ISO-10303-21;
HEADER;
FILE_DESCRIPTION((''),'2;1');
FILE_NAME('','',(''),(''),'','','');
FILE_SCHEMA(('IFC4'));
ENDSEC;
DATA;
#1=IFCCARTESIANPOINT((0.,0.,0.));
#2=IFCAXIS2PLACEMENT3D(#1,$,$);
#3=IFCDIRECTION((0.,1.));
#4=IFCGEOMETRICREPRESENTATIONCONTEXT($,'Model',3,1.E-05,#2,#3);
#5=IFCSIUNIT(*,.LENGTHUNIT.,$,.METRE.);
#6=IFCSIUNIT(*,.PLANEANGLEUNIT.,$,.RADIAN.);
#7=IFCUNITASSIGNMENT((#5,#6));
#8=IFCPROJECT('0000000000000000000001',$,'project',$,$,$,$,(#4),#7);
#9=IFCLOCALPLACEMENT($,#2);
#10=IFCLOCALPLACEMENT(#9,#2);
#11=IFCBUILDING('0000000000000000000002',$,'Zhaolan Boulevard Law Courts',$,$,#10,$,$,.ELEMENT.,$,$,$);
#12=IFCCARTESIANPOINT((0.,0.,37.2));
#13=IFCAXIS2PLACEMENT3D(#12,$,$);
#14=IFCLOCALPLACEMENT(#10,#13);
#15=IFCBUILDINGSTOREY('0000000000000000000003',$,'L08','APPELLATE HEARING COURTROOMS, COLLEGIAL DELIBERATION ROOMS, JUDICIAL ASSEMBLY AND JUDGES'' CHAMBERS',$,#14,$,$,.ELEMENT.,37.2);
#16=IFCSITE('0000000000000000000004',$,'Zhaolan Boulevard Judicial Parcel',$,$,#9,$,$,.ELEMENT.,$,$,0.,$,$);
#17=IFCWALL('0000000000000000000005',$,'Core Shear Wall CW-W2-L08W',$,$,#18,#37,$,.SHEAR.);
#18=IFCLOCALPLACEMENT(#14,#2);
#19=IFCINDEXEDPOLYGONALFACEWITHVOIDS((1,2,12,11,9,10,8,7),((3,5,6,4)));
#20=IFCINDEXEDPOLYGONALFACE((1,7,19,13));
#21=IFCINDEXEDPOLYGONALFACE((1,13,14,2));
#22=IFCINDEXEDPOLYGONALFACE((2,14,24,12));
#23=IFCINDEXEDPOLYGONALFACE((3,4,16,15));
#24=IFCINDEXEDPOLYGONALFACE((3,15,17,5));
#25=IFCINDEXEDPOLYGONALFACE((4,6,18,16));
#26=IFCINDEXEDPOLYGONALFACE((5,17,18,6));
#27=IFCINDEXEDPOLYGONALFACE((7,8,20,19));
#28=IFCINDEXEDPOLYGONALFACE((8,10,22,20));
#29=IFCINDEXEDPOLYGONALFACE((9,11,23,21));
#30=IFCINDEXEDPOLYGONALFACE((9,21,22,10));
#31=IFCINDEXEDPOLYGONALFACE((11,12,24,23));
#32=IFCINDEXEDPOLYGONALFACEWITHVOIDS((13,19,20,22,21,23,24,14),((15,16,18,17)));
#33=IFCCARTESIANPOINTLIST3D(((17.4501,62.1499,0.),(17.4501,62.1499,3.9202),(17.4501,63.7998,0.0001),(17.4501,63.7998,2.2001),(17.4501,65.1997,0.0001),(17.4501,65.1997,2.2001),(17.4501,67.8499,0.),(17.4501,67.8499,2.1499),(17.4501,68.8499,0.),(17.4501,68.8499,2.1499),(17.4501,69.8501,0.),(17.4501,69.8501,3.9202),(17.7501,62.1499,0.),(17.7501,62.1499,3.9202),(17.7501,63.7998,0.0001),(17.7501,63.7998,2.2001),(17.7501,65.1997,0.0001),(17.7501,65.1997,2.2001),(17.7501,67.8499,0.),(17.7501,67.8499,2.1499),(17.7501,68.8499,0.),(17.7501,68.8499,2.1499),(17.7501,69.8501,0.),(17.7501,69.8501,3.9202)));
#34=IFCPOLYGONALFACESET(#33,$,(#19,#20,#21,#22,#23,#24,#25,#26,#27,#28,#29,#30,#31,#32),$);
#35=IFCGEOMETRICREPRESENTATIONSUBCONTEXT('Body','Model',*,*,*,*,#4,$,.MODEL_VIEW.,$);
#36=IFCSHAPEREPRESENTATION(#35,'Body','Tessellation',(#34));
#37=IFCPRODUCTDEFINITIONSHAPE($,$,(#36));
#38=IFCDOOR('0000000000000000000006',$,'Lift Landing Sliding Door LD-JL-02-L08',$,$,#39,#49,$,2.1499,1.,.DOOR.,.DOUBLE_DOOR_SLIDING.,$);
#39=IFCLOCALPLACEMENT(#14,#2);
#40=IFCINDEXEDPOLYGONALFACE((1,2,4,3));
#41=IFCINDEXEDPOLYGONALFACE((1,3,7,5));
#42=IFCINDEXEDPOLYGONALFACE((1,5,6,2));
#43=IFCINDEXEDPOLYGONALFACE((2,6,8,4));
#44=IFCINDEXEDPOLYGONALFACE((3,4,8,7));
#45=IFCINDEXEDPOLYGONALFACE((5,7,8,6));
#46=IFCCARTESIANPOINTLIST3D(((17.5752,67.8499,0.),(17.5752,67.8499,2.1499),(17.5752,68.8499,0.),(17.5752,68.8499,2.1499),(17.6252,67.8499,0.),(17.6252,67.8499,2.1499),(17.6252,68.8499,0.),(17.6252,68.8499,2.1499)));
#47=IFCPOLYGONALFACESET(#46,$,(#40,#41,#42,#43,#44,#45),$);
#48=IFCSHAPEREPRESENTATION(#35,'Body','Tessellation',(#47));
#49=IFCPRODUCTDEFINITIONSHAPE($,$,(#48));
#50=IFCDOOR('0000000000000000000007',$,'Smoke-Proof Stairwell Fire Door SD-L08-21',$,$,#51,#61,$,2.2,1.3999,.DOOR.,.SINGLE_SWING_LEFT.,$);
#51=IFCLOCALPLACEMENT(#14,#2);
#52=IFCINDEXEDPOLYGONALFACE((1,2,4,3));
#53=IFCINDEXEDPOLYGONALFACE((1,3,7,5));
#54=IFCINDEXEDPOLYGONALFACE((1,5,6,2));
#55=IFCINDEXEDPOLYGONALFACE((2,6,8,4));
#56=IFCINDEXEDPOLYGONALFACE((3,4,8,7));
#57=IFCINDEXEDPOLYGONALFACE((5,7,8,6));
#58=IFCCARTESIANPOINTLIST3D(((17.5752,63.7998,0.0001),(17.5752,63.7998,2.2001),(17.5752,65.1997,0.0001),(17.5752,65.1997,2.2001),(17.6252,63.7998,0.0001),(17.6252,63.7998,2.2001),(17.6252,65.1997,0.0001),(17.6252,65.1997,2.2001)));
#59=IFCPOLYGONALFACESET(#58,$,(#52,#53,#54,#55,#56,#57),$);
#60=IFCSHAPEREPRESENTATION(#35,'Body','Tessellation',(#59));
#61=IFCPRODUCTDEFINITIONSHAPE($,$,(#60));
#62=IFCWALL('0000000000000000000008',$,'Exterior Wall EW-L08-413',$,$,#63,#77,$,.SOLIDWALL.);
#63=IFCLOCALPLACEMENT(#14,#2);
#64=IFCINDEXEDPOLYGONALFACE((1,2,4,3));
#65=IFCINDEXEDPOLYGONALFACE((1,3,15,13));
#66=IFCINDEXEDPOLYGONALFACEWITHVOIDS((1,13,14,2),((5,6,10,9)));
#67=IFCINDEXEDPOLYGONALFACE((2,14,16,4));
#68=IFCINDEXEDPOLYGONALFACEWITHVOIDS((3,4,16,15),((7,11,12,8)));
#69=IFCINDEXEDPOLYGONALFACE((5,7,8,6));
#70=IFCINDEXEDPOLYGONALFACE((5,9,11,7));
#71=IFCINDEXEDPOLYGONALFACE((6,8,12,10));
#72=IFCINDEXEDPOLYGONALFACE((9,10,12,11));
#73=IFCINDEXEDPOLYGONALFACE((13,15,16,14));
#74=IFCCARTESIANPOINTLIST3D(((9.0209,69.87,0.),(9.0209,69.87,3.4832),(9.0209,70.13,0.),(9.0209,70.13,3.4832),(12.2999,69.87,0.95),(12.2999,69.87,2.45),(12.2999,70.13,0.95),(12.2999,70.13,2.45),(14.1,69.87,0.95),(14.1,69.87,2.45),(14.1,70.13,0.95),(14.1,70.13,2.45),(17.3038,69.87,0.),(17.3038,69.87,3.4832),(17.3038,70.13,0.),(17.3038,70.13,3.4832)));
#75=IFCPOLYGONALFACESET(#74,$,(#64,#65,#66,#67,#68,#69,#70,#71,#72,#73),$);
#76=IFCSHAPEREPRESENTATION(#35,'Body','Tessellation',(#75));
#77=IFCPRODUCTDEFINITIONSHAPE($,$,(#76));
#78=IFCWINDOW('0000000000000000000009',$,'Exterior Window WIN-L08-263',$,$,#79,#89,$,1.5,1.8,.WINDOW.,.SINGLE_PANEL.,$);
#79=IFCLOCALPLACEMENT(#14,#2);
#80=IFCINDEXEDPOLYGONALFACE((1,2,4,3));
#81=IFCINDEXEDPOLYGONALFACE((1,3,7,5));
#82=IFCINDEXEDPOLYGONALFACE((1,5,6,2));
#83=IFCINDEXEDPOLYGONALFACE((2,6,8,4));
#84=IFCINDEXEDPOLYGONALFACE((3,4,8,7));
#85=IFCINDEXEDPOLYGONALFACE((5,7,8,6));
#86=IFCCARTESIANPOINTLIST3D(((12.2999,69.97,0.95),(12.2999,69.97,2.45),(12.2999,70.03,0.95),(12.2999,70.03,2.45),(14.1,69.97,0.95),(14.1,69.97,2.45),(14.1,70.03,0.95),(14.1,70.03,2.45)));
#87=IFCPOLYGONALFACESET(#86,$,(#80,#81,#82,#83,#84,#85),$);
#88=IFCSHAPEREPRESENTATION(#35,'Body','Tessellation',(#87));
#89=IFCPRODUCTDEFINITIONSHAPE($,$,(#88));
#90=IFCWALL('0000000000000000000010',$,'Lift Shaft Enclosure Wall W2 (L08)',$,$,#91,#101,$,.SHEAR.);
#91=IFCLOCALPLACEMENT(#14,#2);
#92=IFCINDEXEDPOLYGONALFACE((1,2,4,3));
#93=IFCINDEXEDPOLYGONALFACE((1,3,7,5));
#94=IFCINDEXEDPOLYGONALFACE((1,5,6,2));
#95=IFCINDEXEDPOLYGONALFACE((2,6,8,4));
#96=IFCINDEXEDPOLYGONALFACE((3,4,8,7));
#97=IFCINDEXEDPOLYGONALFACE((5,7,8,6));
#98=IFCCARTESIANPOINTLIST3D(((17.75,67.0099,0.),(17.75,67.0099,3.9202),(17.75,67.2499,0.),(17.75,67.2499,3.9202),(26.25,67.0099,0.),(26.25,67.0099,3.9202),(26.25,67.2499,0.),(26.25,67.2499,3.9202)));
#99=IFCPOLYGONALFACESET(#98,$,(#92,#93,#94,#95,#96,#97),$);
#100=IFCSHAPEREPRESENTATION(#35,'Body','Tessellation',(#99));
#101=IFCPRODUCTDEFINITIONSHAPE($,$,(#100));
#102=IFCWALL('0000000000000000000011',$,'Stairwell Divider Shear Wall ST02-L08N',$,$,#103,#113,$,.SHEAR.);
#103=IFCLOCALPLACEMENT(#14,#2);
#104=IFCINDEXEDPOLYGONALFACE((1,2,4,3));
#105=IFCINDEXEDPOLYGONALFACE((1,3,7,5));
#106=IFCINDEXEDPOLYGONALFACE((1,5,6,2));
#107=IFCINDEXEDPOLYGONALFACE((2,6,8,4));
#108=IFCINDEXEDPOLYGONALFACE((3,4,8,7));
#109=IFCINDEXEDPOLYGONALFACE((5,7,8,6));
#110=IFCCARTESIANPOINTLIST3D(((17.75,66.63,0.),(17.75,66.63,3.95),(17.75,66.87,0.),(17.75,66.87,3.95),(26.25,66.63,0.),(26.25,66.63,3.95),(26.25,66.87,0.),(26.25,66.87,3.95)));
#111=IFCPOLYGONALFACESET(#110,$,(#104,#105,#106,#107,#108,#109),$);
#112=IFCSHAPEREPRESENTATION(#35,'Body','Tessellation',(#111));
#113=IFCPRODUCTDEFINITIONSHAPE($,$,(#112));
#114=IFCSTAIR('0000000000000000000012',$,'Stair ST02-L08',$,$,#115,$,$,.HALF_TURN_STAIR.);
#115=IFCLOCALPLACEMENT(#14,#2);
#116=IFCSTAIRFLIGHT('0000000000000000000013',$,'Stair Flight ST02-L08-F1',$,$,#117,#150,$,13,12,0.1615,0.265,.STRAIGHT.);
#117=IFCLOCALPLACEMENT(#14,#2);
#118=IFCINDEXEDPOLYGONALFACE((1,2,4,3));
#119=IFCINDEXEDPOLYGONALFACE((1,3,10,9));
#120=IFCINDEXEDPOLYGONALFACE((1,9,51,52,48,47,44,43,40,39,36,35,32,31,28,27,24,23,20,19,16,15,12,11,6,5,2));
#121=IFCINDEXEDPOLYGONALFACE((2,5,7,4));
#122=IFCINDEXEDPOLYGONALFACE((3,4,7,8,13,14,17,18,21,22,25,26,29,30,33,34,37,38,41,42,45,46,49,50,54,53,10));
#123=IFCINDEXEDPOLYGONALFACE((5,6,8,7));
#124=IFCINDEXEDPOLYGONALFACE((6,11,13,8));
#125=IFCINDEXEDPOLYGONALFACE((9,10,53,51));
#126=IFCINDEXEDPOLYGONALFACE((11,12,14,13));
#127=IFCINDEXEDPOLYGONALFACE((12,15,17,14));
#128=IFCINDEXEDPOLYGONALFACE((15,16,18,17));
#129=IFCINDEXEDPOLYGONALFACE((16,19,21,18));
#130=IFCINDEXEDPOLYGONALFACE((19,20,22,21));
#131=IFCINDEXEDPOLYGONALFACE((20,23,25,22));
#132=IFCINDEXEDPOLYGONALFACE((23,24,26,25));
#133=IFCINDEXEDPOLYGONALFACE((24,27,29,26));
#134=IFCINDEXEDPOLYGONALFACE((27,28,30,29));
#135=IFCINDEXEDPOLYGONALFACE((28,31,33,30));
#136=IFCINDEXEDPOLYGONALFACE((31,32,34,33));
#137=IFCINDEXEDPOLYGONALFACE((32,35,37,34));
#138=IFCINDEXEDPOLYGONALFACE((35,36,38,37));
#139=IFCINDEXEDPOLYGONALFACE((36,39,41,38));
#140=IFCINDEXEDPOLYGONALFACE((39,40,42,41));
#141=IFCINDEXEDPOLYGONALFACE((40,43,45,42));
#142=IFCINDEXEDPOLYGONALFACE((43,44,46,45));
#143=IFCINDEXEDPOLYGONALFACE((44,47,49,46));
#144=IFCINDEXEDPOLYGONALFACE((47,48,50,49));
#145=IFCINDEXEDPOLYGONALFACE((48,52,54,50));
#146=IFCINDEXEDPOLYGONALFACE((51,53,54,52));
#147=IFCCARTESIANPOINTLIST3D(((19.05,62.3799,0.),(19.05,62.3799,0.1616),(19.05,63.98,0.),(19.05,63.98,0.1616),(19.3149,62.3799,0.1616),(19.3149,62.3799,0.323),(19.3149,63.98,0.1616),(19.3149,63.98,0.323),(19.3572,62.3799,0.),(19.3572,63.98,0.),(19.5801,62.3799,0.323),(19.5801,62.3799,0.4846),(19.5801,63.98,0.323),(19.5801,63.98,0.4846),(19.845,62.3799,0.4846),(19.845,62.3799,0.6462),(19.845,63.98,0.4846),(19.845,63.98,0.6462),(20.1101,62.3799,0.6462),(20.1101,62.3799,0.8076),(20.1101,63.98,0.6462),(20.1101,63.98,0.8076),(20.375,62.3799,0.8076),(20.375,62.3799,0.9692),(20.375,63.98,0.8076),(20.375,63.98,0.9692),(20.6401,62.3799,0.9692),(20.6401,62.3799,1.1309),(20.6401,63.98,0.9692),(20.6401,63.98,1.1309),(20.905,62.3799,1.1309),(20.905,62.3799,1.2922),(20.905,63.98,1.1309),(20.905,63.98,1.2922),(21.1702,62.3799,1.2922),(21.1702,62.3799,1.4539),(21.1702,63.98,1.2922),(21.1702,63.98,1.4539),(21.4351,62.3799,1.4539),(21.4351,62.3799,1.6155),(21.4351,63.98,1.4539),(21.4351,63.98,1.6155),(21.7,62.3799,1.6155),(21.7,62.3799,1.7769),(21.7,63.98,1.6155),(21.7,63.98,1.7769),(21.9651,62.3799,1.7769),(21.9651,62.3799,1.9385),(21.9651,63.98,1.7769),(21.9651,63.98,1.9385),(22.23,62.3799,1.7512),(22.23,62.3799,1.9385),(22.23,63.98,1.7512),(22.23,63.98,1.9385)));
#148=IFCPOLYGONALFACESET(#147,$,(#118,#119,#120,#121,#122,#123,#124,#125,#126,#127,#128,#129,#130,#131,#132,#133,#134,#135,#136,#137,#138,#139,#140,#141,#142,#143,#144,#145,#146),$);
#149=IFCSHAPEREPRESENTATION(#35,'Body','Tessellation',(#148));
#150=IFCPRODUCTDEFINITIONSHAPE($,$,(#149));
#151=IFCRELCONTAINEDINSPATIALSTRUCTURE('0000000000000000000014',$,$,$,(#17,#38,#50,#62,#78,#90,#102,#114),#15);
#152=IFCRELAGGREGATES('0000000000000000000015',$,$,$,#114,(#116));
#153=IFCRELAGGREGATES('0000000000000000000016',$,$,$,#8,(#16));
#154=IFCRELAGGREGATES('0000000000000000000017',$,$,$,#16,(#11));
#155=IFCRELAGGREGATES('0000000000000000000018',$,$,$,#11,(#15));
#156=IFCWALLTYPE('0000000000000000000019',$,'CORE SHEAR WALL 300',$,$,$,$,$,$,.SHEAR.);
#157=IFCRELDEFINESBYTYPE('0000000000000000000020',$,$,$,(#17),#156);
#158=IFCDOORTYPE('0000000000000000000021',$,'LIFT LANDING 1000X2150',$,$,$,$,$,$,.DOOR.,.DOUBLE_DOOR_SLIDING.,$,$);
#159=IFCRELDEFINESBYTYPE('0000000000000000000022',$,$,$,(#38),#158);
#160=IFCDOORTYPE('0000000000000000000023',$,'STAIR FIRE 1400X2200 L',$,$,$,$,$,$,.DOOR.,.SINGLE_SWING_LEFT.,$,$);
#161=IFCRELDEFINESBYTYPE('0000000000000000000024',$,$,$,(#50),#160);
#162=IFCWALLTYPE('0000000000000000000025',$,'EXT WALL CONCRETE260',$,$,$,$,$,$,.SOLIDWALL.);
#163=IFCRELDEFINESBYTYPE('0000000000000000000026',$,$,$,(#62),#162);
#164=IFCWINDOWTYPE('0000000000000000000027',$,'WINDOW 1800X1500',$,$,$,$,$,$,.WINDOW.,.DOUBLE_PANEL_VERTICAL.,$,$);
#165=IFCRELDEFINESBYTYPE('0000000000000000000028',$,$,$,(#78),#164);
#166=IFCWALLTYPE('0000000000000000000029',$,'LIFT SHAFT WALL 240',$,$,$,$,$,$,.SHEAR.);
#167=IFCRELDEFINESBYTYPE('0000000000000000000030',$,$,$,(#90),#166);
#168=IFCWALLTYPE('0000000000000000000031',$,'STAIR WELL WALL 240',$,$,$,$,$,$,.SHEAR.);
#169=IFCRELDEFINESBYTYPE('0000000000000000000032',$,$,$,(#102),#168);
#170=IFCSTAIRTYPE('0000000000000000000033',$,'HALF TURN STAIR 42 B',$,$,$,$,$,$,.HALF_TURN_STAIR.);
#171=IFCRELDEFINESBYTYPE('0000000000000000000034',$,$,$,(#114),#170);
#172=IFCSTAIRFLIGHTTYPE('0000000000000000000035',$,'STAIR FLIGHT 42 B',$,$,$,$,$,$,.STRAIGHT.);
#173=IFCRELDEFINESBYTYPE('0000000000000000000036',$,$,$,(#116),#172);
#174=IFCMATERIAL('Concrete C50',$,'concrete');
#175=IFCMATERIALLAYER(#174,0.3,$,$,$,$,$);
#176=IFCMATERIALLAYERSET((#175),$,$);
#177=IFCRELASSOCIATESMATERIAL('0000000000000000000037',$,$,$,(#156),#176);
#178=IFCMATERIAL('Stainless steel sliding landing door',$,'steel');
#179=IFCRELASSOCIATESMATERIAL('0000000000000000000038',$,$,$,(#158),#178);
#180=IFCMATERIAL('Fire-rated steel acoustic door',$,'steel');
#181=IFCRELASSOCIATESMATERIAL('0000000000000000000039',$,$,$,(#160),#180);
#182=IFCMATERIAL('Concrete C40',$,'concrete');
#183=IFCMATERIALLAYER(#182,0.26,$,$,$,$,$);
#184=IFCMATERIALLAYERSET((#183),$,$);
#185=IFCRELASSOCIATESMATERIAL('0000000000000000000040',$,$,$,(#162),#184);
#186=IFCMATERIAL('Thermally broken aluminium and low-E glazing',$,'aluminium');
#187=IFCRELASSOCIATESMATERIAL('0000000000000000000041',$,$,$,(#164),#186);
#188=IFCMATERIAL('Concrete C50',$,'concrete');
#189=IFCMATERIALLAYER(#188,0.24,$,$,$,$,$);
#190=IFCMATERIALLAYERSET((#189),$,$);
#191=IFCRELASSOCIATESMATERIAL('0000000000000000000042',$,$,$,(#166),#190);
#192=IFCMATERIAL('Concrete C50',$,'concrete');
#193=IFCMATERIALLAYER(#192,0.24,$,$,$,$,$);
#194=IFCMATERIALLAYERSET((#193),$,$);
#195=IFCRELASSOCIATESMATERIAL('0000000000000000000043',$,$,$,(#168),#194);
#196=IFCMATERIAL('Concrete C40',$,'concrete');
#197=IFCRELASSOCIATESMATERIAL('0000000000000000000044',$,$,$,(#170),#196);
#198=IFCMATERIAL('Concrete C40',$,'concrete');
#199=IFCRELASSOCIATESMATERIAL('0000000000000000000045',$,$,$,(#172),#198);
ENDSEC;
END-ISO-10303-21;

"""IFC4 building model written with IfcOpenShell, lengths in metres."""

from ifc_helpers import new_model, si_unit, direction, frame, frame_2d, origin, place, context, subcontext, project, spatial, polyline, rectangle, outline, extrude, material, layer, layer_set, type_object, element, fill, aggregate, save


model = new_model("IFC4")

# Units and contexts
model_context = context("Model", 3, precision=1e-05, world=origin(), true_north=direction((0.0, 1.0)))
body_context = subcontext(model_context, "Body", "Model", "MODEL_VIEW")
ifc_project = project(units=[si_unit("LENGTHUNIT", "METRE"), si_unit("PLANEANGLEUNIT", "RADIAN")], contexts=[model_context])

# Site, building, storey
site_placement = place(None, origin())
site = spatial("IfcSite", under=ifc_project, at=site_placement, Name="Zhaolan Boulevard Judicial Parcel", CompositionType="ELEMENT", RefElevation=0.0)
building_placement = place(site_placement, origin())
building = spatial("IfcBuilding", under=site, at=building_placement, Name="Zhaolan Boulevard Law Courts", CompositionType="ELEMENT")
storey_placement = place(building_placement, frame((0.0, 0.0, 37.2)))
storey = spatial("IfcBuildingStorey", under=building, at=storey_placement, Name="L08", Description="APPELLATE HEARING COURTROOMS, COLLEGIAL DELIBERATION ROOMS, JUDICIAL ASSEMBLY AND JUDGES' CHAMBERS", CompositionType="ELEMENT", Elevation=37.2)

# Shared definitions
ifc_material_1 = material(Name="Concrete C50", Category="concrete")
ifc_layer_1 = layer(ifc_material_1, 0.3)
ifc_layer_set_1 = layer_set([ifc_layer_1])
wall_type_1 = type_object("IfcWallType", Name="CORE SHEAR WALL 300", PredefinedType="SHEAR", material=ifc_layer_set_1)

# Wall, openings, doors
wall_1_placement = place(storey_placement, frame((17.6001, 62.1499, 0.0), z_axis=(0.0, 0.0, 1.0), x_axis=(0.0, 1.0, 0.0)))
wall_1 = element("IfcWall", 1, at=wall_1_placement, inside=storey, type_object=wall_type_1, Name="Core Shear Wall CW-W2-L08W", PredefinedType="SHEAR", context=body_context, shape_type="SweptSolid", body=[
    extrude(rectangle(XDim=7.7002, YDim=0.3, at=frame_2d((3.8501, 0.0))), origin(), (0.0, 0.0, 1.0), 3.9202),
])
opening_1_placement = place(wall_1_placement, frame((1.6499, 0.0, 0.0)))
opening_1 = element("IfcOpeningElement", 2, at=opening_1_placement, cuts=wall_1, PredefinedType="OPENING", context=body_context, shape_type="SweptSolid", body=[
    extrude(rectangle(XDim=1.3999, YDim=2.2, at=frame_2d((0.7, 1.1001))), frame((0.0, 0.1599, 0.0), z_axis=(0.0, -1.0, 0.0), x_axis=(1.0, 0.0, 0.0)), (0.0, 0.0, 1.0), 0.3201),
])
opening_2_placement = place(wall_1_placement, frame((5.7, 0.0, 0.0)))
opening_2 = element("IfcOpeningElement", 3, at=opening_2_placement, cuts=wall_1, PredefinedType="OPENING", context=body_context, shape_type="SweptSolid", body=[
    extrude(rectangle(XDim=1.0, YDim=2.1499, at=frame_2d((0.5, 1.075))), frame((0.0, 0.1599, 0.0), z_axis=(0.0, -1.0, 0.0), x_axis=(1.0, 0.0, 0.0)), (0.0, 0.0, 1.0), 0.3201),
])
ifc_material_2 = material(Name="Stainless steel sliding landing door", Category="steel")
door_type_1 = type_object("IfcDoorType", Name="LIFT LANDING 1000X2150", OperationType="DOUBLE_DOOR_SLIDING", PredefinedType="DOOR", material=ifc_material_2)
door_1_placement = place(opening_2_placement, origin())
door_1 = element("IfcDoor", 4, at=door_1_placement, inside=storey, type_object=door_type_1, Name="Lift Landing Sliding Door LD-JL-02-L08", OperationType="DOUBLE_DOOR_SLIDING", OverallHeight=2.1499, OverallWidth=1.0, PredefinedType="DOOR", context=body_context, shape_type="SweptSolid", body=[
    extrude(rectangle(XDim=1.0, YDim=2.1499, at=frame_2d((0.5, 1.075))), frame((0.0, 0.0249, 0.0), z_axis=(0.0, -1.0, 0.0), x_axis=(1.0, 0.0, 0.0)), (0.0, 0.0, 1.0), 0.05),
])
fill(opening_2, door_1)
ifc_material_3 = material(Name="Fire-rated steel acoustic door", Category="steel")
door_type_2 = type_object("IfcDoorType", Name="STAIR FIRE 1400X2200 L", OperationType="SINGLE_SWING_LEFT", PredefinedType="DOOR", material=ifc_material_3)
door_2_placement = place(opening_1_placement, origin())
door_2 = element("IfcDoor", 5, at=door_2_placement, inside=storey, type_object=door_type_2, Name="Smoke-Proof Stairwell Fire Door SD-L08-21", OperationType="SINGLE_SWING_LEFT", OverallHeight=2.2, OverallWidth=1.3999, PredefinedType="DOOR", context=body_context, shape_type="SweptSolid", body=[
    extrude(rectangle(XDim=1.3999, YDim=2.2, at=frame_2d((0.7, 1.1001))), frame((0.0, 0.0249, 0.0), z_axis=(0.0, -1.0, 0.0), x_axis=(1.0, 0.0, 0.0)), (0.0, 0.0, 1.0), 0.05),
])
fill(opening_1, door_2)

# Wall, opening, window
ifc_material_4 = material(Name="Concrete C40", Category="concrete")
ifc_layer_2 = layer(ifc_material_4, 0.26)
ifc_layer_set_2 = layer_set([ifc_layer_2])
wall_type_2 = type_object("IfcWallType", Name="EXT WALL CONCRETE260", PredefinedType="SOLIDWALL", material=ifc_layer_set_2)
wall_2_placement = place(storey_placement, frame((17.304, 70.0, 0.0), z_axis=(0.0, 0.0, 1.0), x_axis=(-1.0, 0.0, 0.0)))
wall_2 = element("IfcWall", 6, at=wall_2_placement, inside=storey, type_object=wall_type_2, Name="Exterior Wall EW-L08-413", PredefinedType="SOLIDWALL", context=body_context, shape_type="SweptSolid", body=[
    extrude(rectangle(XDim=8.283, YDim=0.26, at=frame_2d((4.1416, 0.0))), origin(), (0.0, 0.0, 1.0), 3.4832),
])
opening_3_placement = place(wall_2_placement, frame((3.2041, 0.0, 0.95)))
opening_3 = element("IfcOpeningElement", 7, at=opening_3_placement, cuts=wall_2, PredefinedType="OPENING", context=body_context, shape_type="SweptSolid", body=[
    extrude(rectangle(XDim=1.8, YDim=1.5, at=frame_2d((0.8999, 0.75))), frame((0.0, 0.1399, 0.0), z_axis=(0.0, -1.0, 0.0), x_axis=(1.0, 0.0, 0.0)), (0.0, 0.0, 1.0), 0.28),
])
ifc_material_5 = material(Name="Thermally broken aluminium and low-E glazing", Category="aluminium")
window_type = type_object("IfcWindowType", Name="WINDOW 1800X1500", PartitioningType="DOUBLE_PANEL_VERTICAL", PredefinedType="WINDOW", material=ifc_material_5)
window_placement = place(opening_3_placement, origin())
window = element("IfcWindow", 8, at=window_placement, inside=storey, type_object=window_type, Name="Exterior Window WIN-L08-263", OverallHeight=1.5, OverallWidth=1.8, PartitioningType="SINGLE_PANEL", PredefinedType="WINDOW", context=body_context, shape_type="SweptSolid", body=[
    extrude(rectangle(XDim=1.8, YDim=1.5, at=frame_2d((0.8999, 0.75))), frame((0.0, 0.03, 0.0), z_axis=(0.0, -1.0, 0.0), x_axis=(1.0, 0.0, 0.0)), (0.0, 0.0, 1.0), 0.0601),
])
fill(opening_3, window)

# Walls
ifc_material_6 = material(Name="Concrete C50", Category="concrete")
ifc_layer_3 = layer(ifc_material_6, 0.24)
ifc_layer_set_3 = layer_set([ifc_layer_3])
wall_type_3 = type_object("IfcWallType", Name="LIFT SHAFT WALL 240", PredefinedType="SHEAR", material=ifc_layer_set_3)
wall_3_placement = place(storey_placement, frame((17.75, 67.1299, 0.0), z_axis=(0.0, 0.0, 1.0), x_axis=(1.0, 0.0, 0.0)))
element("IfcWall", 9, at=wall_3_placement, inside=storey, type_object=wall_type_3, Name="Lift Shaft Enclosure Wall W2 (L08)", PredefinedType="SHEAR", context=body_context, shape_type="SweptSolid", body=[
    extrude(rectangle(XDim=8.5, YDim=0.24, at=frame_2d((4.25, 0.0))), origin(), (0.0, 0.0, 1.0), 3.9202),
])
ifc_material_7 = material(Name="Concrete C50", Category="concrete")
ifc_layer_4 = layer(ifc_material_7, 0.24)
ifc_layer_set_4 = layer_set([ifc_layer_4])
wall_type_4 = type_object("IfcWallType", Name="STAIR WELL WALL 240", PredefinedType="SHEAR", material=ifc_layer_set_4)
wall_4_placement = place(storey_placement, frame((17.75, 66.75, 0.0), z_axis=(0.0, 0.0, 1.0), x_axis=(1.0, 0.0, 0.0)))
element("IfcWall", 10, at=wall_4_placement, inside=storey, type_object=wall_type_4, Name="Stairwell Divider Shear Wall ST02-L08N", PredefinedType="SHEAR", context=body_context, shape_type="SweptSolid", body=[
    extrude(rectangle(XDim=8.5, YDim=0.24, at=frame_2d((4.25, 0.0))), origin(), (0.0, 0.0, 1.0), 3.95),
])

# Stair, stair flight
ifc_material_8 = material(Name="Concrete C40", Category="concrete")
stair_type = type_object("IfcStairType", Name="HALF TURN STAIR 42 B", PredefinedType="HALF_TURN_STAIR", material=ifc_material_8)
stair_placement = place(storey_placement, origin())
stair = element("IfcStair", 11, at=stair_placement, inside=storey, type_object=stair_type, Name="Stair ST02-L08", PredefinedType="HALF_TURN_STAIR")
ifc_material_9 = material(Name="Concrete C40", Category="concrete")
stair_flight_type = type_object("IfcStairFlightType", Name="STAIR FLIGHT 42 B", PredefinedType="STRAIGHT", material=ifc_material_9)
stair_flight_placement = place(storey_placement, frame((19.05, 63.1799, 0.0), z_axis=(0.0, 0.0, 1.0), x_axis=(1.0, 0.0, 0.0)))
stair_flight = element("IfcStairFlight", 12, at=stair_flight_placement, type_object=stair_flight_type, Name="Stair Flight ST02-L08-F1", NumberOfRisers=13, NumberOfTreads=12, PredefinedType="STRAIGHT", RiserHeight=0.1615, TreadLength=0.265, context=body_context, shape_type="SweptSolid", body=[
    extrude(outline(polyline([(0.0, 0.0), (0.0, 0.1616), (0.2649, 0.1616), (0.2649, 0.323), (0.53, 0.323), (0.53, 0.4846), (0.7949, 0.4846), (0.7949, 0.6462), (1.0601, 0.6462), (1.0601, 0.8076), (1.325, 0.8076), (1.325, 0.9692), (1.5901, 0.9692), (1.5901, 1.1309), (1.855, 1.1309), (1.855, 1.2922), (2.1201, 1.2922), (2.1201, 1.4539), (2.385, 1.4539), (2.385, 1.6155), (2.6499, 1.6155), (2.6499, 1.7769), (2.915, 1.7769), (2.915, 1.9385), (3.1799, 1.9385), (3.1799, 2.1001), (3.1799, 1.7512), (0.3071, 0.0), (0.0, 0.0)])), frame((0.0, 0.8, 0.0), z_axis=(0.0, -1.0, 0.0), x_axis=(1.0, 0.0, 0.0)), (0.0, 0.0, 1.0), 1.6001),
])
aggregate(stair, [stair_flight])

save(model, "model.ifc")
